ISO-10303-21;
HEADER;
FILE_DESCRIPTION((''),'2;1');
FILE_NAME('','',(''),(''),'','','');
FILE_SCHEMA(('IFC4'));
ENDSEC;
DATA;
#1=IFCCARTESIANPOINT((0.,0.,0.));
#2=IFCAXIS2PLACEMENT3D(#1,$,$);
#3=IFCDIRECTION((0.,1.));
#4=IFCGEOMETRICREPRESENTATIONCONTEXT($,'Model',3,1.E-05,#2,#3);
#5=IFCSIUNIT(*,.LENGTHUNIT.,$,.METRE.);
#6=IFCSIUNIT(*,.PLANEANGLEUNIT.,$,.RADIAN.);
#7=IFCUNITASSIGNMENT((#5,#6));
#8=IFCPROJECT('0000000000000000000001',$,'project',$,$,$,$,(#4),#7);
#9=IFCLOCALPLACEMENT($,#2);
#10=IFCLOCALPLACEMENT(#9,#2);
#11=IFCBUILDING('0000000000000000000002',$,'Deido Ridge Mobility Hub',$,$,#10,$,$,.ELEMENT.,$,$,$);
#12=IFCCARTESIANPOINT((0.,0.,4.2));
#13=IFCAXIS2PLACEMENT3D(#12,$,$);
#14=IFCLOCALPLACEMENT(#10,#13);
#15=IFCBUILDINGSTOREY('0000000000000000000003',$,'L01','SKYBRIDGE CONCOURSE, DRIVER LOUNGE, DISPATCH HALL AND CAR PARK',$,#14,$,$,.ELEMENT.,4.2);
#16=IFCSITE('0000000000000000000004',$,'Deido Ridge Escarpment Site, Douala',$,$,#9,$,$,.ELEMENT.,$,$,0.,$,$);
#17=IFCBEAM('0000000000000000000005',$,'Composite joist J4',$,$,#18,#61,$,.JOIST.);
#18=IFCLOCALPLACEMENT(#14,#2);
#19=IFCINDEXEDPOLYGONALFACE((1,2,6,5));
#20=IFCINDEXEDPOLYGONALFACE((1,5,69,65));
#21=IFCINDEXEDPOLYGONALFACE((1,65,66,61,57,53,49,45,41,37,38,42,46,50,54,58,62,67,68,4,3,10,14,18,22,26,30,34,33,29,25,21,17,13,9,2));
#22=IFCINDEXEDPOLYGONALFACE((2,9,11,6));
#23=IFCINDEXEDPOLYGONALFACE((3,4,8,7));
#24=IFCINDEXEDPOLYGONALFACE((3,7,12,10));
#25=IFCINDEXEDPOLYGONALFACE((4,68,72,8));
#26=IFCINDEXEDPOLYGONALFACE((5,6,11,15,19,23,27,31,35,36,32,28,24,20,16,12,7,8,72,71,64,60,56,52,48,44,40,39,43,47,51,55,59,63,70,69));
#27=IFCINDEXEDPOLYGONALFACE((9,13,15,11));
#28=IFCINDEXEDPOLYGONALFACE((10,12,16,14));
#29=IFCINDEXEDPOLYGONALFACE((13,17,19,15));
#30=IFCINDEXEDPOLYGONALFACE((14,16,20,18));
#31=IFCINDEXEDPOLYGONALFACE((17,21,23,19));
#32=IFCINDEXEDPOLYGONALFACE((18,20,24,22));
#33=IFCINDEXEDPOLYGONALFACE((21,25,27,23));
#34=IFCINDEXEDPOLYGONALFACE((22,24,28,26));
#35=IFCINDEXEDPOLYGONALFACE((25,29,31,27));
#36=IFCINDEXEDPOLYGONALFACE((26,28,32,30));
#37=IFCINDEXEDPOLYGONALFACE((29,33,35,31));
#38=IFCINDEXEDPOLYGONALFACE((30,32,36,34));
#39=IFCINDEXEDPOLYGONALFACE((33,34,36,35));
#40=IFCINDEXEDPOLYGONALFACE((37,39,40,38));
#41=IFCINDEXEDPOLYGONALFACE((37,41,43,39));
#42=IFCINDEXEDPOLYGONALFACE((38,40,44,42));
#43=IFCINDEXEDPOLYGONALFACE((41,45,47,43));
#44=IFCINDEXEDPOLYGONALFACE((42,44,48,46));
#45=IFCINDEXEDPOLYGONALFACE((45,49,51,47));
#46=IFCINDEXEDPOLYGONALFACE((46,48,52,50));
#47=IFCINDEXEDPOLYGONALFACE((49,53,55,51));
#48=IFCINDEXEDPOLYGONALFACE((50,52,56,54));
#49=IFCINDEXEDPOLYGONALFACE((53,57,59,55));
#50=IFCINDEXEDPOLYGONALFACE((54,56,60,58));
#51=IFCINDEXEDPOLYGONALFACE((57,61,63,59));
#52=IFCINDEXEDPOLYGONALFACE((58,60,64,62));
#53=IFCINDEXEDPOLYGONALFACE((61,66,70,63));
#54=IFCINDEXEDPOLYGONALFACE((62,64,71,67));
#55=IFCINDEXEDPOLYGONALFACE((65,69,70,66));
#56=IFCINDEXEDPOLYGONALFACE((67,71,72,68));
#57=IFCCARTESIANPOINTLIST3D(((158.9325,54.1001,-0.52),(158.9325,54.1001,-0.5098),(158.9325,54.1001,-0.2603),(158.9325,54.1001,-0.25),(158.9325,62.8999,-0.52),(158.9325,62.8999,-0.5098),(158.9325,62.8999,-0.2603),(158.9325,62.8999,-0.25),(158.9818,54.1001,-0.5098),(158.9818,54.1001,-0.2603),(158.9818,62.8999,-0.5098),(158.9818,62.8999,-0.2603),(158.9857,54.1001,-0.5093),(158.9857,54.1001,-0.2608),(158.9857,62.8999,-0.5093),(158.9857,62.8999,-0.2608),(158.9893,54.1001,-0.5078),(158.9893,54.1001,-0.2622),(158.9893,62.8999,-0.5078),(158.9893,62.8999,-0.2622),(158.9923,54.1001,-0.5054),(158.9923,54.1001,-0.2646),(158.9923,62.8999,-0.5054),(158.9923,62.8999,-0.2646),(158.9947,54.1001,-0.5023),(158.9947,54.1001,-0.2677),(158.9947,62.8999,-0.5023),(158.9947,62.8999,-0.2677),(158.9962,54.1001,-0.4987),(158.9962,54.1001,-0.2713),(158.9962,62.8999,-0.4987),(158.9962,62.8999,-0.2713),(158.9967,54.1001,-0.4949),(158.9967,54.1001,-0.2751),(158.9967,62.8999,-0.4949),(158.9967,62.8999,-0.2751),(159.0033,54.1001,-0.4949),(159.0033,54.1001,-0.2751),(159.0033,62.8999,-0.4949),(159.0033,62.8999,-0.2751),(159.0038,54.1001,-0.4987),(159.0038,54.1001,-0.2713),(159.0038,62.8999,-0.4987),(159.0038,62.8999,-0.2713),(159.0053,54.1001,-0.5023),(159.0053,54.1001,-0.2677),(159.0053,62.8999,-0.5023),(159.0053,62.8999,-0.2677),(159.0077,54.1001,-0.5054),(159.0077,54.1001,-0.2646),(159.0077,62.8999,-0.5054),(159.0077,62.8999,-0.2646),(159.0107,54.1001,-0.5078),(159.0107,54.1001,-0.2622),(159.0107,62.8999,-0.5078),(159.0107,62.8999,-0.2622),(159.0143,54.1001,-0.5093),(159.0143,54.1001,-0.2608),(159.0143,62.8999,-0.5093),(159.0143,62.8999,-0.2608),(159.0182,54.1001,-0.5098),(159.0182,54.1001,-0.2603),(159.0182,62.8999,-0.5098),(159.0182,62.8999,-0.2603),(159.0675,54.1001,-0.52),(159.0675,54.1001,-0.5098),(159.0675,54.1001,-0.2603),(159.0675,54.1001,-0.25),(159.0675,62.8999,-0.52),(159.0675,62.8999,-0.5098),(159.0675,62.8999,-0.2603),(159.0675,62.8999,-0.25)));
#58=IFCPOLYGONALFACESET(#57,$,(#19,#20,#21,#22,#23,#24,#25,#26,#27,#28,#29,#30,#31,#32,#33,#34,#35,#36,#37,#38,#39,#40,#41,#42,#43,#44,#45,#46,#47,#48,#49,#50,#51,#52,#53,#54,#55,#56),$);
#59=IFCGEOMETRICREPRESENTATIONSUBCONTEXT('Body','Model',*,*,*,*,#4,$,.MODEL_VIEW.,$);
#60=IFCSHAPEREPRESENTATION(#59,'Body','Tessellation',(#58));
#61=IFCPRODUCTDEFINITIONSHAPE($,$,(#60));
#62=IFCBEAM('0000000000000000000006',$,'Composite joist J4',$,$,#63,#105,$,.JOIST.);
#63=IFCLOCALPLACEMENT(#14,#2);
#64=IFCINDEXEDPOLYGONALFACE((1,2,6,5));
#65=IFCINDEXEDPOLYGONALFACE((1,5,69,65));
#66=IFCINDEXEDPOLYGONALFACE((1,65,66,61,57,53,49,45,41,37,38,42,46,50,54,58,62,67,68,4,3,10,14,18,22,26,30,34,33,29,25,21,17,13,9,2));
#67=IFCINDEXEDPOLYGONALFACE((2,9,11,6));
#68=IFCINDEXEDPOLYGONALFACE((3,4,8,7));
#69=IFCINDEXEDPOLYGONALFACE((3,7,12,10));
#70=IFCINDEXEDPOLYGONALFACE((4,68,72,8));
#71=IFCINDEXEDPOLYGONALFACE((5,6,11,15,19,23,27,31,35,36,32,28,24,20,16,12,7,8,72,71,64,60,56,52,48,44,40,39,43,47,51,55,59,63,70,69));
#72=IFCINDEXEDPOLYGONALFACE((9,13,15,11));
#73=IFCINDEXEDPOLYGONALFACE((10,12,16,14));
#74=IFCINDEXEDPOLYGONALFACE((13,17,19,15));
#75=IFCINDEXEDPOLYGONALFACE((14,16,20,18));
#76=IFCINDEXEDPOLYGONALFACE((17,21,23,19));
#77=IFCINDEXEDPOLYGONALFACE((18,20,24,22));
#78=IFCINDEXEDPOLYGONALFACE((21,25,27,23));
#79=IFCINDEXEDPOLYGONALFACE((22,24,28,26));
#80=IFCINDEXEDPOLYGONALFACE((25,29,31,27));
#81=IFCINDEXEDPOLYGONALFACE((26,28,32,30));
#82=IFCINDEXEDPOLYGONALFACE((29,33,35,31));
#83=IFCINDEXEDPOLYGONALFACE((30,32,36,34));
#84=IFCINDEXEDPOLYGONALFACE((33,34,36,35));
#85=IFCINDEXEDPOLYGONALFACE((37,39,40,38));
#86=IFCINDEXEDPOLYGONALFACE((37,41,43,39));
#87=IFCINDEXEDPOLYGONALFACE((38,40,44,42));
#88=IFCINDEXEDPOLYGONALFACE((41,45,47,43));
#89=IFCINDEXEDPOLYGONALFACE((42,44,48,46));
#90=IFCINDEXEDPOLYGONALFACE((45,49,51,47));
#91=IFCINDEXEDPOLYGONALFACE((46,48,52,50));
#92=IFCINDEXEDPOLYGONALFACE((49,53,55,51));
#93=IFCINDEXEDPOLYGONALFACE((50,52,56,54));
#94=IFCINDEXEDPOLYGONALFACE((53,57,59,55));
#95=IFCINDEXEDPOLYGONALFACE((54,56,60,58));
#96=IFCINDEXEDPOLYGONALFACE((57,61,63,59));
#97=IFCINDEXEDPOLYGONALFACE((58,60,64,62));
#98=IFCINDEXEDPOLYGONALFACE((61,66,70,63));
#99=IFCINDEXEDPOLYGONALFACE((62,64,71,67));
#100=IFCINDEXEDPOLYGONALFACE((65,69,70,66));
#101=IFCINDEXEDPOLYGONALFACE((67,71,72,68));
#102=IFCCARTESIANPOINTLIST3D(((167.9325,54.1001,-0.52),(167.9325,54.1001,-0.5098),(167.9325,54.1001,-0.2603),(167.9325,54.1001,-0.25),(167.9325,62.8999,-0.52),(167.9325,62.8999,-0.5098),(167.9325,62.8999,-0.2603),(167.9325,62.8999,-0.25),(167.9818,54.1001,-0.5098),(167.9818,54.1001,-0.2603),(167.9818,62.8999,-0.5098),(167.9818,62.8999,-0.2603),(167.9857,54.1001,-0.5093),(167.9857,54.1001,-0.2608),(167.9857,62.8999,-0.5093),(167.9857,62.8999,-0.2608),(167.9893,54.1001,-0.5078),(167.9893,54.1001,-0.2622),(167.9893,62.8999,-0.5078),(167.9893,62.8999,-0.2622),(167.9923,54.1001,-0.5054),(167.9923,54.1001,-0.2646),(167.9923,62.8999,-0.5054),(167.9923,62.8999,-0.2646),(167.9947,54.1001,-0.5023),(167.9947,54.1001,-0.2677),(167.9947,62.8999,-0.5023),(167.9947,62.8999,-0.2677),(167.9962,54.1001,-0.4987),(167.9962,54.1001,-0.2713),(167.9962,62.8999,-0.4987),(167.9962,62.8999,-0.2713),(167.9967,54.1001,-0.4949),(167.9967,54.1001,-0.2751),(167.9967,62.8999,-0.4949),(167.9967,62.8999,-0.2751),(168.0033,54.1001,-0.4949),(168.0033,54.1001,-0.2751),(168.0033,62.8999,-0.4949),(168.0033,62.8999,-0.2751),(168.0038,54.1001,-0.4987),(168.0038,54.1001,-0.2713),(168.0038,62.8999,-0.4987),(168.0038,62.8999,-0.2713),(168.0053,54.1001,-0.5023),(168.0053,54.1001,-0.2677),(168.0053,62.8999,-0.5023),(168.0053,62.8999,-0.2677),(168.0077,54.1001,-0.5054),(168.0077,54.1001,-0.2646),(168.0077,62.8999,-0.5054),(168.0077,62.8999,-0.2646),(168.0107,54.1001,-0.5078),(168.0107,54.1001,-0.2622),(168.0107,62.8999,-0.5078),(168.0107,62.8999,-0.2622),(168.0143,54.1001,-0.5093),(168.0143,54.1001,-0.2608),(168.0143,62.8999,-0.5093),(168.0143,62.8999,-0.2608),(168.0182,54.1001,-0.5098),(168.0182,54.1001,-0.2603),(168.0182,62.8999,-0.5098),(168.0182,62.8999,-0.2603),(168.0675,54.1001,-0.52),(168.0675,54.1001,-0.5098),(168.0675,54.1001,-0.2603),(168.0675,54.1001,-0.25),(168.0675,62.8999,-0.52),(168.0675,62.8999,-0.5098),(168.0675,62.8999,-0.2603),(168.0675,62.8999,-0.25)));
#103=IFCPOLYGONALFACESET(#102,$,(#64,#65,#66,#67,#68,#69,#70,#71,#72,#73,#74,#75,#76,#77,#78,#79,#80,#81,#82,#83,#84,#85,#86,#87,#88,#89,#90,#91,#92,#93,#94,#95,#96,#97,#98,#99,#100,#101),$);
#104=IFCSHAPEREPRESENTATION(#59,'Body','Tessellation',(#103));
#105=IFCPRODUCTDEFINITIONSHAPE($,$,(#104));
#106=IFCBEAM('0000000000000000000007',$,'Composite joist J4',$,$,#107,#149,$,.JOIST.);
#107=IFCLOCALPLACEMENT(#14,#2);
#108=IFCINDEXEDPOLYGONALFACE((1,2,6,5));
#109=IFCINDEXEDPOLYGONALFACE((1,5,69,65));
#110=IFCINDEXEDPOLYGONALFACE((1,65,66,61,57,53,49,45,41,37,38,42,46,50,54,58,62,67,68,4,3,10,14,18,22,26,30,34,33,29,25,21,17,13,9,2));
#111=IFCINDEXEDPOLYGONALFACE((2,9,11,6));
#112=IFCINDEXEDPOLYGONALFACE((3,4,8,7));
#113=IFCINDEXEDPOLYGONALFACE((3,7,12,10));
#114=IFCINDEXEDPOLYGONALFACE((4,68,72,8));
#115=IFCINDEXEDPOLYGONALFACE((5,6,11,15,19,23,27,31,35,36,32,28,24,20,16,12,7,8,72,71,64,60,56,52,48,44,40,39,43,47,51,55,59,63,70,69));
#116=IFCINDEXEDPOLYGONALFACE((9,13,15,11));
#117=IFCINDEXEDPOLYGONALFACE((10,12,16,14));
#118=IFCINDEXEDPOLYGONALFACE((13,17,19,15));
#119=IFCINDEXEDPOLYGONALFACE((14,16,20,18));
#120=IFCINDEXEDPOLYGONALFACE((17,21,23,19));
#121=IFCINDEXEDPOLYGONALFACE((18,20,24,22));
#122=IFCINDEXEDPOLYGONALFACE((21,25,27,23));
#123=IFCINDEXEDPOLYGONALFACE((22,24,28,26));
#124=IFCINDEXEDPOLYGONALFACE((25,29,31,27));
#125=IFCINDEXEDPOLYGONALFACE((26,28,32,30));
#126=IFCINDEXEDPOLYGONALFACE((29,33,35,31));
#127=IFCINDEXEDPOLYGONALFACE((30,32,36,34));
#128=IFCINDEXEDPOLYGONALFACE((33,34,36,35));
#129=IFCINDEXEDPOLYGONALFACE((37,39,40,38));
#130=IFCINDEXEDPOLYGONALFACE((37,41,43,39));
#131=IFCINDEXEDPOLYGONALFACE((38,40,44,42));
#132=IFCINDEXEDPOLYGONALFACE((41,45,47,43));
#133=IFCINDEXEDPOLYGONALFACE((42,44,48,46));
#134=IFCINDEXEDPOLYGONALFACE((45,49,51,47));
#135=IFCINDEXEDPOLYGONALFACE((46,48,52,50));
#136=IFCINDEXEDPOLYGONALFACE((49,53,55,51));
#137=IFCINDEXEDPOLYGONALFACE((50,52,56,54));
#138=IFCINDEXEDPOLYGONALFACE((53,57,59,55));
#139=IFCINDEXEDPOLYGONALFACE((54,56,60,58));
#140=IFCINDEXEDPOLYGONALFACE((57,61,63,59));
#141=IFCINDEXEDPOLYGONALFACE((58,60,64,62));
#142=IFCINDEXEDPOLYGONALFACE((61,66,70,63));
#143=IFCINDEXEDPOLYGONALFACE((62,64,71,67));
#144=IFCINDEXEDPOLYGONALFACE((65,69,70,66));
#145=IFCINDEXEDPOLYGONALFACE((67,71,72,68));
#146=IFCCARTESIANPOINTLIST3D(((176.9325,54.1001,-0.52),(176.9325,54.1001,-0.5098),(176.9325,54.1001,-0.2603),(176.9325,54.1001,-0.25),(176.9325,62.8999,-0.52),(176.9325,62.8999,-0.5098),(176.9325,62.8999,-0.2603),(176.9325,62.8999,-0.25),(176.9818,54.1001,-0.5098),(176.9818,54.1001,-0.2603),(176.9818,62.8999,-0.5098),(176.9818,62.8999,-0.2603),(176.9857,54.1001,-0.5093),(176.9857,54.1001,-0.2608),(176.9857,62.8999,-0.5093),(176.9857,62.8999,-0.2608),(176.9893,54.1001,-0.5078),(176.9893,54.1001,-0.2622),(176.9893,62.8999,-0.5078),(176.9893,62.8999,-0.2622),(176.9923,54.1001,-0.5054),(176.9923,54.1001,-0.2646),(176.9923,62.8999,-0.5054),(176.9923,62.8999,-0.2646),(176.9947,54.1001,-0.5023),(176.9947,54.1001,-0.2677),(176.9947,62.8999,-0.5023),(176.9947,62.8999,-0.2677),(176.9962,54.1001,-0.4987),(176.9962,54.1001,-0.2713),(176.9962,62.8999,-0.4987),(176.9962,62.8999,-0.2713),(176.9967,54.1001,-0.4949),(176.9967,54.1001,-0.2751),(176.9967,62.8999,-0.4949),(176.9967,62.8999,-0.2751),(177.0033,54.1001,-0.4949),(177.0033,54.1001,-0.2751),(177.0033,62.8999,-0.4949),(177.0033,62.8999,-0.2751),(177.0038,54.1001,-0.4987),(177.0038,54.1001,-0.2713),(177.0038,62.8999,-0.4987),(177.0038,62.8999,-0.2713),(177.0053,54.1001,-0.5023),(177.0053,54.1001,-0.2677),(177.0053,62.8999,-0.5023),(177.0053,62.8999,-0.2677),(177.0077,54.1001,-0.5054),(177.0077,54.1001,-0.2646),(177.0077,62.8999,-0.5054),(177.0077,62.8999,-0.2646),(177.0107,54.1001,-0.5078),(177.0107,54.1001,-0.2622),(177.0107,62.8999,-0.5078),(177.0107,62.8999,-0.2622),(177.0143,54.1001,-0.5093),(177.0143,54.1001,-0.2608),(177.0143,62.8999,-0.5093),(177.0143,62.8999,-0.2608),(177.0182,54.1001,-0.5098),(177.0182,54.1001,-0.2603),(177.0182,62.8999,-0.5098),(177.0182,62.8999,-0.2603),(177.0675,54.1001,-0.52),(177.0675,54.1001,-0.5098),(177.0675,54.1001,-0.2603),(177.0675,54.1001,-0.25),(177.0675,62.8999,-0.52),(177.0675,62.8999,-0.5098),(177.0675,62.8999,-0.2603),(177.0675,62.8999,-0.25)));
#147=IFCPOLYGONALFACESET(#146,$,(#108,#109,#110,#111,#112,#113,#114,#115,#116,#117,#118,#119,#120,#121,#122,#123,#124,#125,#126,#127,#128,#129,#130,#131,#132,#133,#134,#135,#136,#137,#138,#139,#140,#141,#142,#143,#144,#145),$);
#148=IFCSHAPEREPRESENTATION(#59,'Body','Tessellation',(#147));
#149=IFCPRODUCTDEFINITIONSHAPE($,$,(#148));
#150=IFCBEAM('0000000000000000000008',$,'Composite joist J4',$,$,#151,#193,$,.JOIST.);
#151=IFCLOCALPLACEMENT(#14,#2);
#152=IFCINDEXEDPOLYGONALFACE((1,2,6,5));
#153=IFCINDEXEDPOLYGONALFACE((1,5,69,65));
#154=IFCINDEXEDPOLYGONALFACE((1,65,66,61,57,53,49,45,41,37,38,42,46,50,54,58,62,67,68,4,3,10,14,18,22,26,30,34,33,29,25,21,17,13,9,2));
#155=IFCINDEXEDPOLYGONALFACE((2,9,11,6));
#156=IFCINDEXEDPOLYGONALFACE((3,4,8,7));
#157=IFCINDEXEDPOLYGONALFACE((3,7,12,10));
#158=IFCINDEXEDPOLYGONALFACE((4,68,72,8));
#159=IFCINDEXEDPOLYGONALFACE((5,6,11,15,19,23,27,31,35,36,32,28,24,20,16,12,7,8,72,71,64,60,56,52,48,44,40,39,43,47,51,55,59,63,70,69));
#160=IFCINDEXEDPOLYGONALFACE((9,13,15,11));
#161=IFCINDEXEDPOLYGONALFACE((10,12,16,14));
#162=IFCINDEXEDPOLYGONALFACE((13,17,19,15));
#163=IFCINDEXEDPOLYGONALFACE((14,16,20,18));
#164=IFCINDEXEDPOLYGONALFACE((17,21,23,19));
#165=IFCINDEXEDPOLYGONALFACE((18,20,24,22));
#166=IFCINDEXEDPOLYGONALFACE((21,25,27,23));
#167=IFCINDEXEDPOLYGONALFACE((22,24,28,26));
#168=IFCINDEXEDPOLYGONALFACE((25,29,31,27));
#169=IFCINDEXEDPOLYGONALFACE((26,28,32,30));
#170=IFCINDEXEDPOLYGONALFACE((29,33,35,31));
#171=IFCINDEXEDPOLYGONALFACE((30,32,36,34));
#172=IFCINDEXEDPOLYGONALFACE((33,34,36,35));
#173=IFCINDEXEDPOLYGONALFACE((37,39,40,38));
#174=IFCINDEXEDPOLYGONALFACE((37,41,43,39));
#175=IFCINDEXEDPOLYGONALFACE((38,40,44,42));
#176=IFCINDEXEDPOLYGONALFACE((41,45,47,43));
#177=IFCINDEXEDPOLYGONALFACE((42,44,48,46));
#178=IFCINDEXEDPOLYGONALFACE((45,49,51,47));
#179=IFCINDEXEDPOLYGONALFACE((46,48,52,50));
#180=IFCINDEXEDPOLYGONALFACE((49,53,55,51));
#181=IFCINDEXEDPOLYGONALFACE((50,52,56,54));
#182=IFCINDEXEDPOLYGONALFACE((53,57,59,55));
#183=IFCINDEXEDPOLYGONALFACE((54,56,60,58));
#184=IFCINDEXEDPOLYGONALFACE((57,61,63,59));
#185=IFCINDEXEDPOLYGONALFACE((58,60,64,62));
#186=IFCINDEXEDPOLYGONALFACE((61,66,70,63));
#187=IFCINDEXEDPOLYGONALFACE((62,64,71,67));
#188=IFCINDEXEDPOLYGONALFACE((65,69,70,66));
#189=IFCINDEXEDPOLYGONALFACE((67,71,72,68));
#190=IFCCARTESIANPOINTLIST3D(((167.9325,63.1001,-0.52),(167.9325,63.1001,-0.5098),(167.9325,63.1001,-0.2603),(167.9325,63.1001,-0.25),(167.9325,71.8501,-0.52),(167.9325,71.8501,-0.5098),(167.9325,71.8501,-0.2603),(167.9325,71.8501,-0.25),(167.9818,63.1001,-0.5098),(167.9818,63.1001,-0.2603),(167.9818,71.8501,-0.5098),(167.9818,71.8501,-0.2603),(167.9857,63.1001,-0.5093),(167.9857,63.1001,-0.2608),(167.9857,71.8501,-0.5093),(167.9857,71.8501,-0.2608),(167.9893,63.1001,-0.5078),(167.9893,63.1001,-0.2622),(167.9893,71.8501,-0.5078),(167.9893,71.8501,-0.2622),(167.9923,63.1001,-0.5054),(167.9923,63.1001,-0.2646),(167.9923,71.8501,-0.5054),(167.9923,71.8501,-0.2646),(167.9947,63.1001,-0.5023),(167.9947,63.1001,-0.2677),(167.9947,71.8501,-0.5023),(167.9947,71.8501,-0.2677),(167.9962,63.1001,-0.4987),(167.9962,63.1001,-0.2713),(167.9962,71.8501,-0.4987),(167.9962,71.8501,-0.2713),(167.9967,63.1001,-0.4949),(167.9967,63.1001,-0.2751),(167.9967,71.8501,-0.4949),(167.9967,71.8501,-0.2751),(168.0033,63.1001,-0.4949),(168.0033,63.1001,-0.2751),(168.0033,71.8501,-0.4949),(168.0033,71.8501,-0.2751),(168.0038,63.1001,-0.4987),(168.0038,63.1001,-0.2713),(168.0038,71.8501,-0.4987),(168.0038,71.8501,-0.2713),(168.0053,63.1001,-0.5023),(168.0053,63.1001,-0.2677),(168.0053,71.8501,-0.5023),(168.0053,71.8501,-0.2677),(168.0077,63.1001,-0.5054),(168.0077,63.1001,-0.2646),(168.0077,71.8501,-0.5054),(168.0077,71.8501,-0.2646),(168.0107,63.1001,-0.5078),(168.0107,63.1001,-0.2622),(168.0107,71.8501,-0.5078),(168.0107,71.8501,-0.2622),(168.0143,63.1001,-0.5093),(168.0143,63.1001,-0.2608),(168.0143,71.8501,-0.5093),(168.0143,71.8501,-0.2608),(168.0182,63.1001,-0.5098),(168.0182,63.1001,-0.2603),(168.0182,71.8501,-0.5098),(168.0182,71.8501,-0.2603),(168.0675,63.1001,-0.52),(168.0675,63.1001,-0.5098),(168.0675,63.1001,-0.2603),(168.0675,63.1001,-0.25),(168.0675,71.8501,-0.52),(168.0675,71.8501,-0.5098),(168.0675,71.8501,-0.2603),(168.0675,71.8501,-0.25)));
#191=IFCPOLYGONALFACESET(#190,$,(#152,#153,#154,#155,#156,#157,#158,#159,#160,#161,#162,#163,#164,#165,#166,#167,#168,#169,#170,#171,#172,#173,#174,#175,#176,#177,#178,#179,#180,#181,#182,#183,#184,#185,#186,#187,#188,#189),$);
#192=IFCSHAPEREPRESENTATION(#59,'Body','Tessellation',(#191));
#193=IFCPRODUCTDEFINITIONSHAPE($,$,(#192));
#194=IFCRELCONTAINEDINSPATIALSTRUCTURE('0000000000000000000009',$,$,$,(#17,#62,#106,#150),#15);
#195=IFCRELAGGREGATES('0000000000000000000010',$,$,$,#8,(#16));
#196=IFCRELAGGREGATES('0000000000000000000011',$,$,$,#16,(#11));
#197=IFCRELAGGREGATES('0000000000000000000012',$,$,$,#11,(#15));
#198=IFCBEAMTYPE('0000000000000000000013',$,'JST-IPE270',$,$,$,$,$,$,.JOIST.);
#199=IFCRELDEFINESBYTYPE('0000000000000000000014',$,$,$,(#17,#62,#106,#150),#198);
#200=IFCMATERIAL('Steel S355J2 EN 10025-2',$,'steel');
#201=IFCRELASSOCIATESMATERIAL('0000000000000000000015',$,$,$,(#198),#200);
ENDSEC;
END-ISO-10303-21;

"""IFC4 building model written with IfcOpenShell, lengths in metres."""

from ifc_helpers import new_model, si_unit, direction, frame, origin, origin_2d, place, context, subcontext, project, spatial, i_section, extrude, material, material_profile, profile_set, type_object, element, save


model = new_model("IFC4")

# Units and contexts
model_context = context("Model", 3, precision=1e-05, world=origin(), true_north=direction((0.0, 1.0)))
body_context = subcontext(model_context, "Body", "Model", "MODEL_VIEW")
ifc_project = project(units=[si_unit("LENGTHUNIT", "METRE"), si_unit("PLANEANGLEUNIT", "RADIAN")], contexts=[model_context])

# Site, building, storey
site_placement = place(None, origin())
site = spatial("IfcSite", under=ifc_project, at=site_placement, Name="Deido Ridge Escarpment Site, Douala", CompositionType="ELEMENT", RefElevation=0.0)
building_placement = place(site_placement, origin())
building = spatial("IfcBuilding", under=site, at=building_placement, Name="Deido Ridge Mobility Hub", CompositionType="ELEMENT")
storey_placement = place(building_placement, frame((0.0, 0.0, 4.2)))
storey = spatial("IfcBuildingStorey", under=building, at=storey_placement, Name="L01", Description="SKYBRIDGE CONCOURSE, DRIVER LOUNGE, DISPATCH HALL AND CAR PARK", CompositionType="ELEMENT", Elevation=4.2)

# Shared definitions
ifc_material_1 = material(Name="Steel S355J2 EN 10025-2", Category="steel")

# Beams
ifc_material_profile_1 = material_profile(ifc_material_1, i_section(OverallWidth=0.135, OverallDepth=0.27, WebThickness=0.0066, FlangeThickness=0.0103, FilletRadius=0.0149, at=origin_2d()), Name="IPE 270")
ifc_profile_set_1 = profile_set([ifc_material_profile_1], Name="Steel S355J2 EN 10025-2")
beam_type_1 = type_object("IfcBeamType", Name="JST-IPE270", PredefinedType="JOIST", material=ifc_profile_set_1)
for number, where, z_axis, x_axis, name in (
    (1, (159.0, 54.1001, -0.385), (0.0, 1.0, 0.0), (-1.0, 0.0, 0.0), "Composite joist J4"),
    (2, (168.0, 54.1001, -0.385), (0.0, 1.0, 0.0), (-1.0, 0.0, 0.0), "Composite joist J4"),
    (3, (177.0, 54.1001, -0.385), (0.0, 1.0, 0.0), (-1.0, 0.0, 0.0), "Composite joist J4"),
):
    element("IfcBeam", number, at=place(storey_placement, frame(where, z_axis=z_axis, x_axis=x_axis)), inside=storey, type_object=beam_type_1, Name=name, PredefinedType="JOIST", context=body_context, shape_type="SweptSolid", body=[
        extrude(i_section(OverallWidth=0.135, OverallDepth=0.27, WebThickness=0.0066, FlangeThickness=0.0103, FilletRadius=0.0149, at=origin_2d()), origin(), (0.0, 0.0, 1.0), 8.7998),
    ])
for number, where, z_axis, x_axis, name in (
    (4, (168.0, 63.1001, -0.385), (0.0, 1.0, 0.0), (-1.0, 0.0, 0.0), "Composite joist J4"),
):
    element("IfcBeam", number, at=place(storey_placement, frame(where, z_axis=z_axis, x_axis=x_axis)), inside=storey, type_object=beam_type_1, Name=name, PredefinedType="JOIST", context=body_context, shape_type="SweptSolid", body=[
        extrude(i_section(OverallWidth=0.135, OverallDepth=0.27, WebThickness=0.0066, FlangeThickness=0.0103, FilletRadius=0.0149, at=origin_2d()), origin(), (0.0, 0.0, 1.0), 8.75),
    ])

save(model, "model.ifc")
